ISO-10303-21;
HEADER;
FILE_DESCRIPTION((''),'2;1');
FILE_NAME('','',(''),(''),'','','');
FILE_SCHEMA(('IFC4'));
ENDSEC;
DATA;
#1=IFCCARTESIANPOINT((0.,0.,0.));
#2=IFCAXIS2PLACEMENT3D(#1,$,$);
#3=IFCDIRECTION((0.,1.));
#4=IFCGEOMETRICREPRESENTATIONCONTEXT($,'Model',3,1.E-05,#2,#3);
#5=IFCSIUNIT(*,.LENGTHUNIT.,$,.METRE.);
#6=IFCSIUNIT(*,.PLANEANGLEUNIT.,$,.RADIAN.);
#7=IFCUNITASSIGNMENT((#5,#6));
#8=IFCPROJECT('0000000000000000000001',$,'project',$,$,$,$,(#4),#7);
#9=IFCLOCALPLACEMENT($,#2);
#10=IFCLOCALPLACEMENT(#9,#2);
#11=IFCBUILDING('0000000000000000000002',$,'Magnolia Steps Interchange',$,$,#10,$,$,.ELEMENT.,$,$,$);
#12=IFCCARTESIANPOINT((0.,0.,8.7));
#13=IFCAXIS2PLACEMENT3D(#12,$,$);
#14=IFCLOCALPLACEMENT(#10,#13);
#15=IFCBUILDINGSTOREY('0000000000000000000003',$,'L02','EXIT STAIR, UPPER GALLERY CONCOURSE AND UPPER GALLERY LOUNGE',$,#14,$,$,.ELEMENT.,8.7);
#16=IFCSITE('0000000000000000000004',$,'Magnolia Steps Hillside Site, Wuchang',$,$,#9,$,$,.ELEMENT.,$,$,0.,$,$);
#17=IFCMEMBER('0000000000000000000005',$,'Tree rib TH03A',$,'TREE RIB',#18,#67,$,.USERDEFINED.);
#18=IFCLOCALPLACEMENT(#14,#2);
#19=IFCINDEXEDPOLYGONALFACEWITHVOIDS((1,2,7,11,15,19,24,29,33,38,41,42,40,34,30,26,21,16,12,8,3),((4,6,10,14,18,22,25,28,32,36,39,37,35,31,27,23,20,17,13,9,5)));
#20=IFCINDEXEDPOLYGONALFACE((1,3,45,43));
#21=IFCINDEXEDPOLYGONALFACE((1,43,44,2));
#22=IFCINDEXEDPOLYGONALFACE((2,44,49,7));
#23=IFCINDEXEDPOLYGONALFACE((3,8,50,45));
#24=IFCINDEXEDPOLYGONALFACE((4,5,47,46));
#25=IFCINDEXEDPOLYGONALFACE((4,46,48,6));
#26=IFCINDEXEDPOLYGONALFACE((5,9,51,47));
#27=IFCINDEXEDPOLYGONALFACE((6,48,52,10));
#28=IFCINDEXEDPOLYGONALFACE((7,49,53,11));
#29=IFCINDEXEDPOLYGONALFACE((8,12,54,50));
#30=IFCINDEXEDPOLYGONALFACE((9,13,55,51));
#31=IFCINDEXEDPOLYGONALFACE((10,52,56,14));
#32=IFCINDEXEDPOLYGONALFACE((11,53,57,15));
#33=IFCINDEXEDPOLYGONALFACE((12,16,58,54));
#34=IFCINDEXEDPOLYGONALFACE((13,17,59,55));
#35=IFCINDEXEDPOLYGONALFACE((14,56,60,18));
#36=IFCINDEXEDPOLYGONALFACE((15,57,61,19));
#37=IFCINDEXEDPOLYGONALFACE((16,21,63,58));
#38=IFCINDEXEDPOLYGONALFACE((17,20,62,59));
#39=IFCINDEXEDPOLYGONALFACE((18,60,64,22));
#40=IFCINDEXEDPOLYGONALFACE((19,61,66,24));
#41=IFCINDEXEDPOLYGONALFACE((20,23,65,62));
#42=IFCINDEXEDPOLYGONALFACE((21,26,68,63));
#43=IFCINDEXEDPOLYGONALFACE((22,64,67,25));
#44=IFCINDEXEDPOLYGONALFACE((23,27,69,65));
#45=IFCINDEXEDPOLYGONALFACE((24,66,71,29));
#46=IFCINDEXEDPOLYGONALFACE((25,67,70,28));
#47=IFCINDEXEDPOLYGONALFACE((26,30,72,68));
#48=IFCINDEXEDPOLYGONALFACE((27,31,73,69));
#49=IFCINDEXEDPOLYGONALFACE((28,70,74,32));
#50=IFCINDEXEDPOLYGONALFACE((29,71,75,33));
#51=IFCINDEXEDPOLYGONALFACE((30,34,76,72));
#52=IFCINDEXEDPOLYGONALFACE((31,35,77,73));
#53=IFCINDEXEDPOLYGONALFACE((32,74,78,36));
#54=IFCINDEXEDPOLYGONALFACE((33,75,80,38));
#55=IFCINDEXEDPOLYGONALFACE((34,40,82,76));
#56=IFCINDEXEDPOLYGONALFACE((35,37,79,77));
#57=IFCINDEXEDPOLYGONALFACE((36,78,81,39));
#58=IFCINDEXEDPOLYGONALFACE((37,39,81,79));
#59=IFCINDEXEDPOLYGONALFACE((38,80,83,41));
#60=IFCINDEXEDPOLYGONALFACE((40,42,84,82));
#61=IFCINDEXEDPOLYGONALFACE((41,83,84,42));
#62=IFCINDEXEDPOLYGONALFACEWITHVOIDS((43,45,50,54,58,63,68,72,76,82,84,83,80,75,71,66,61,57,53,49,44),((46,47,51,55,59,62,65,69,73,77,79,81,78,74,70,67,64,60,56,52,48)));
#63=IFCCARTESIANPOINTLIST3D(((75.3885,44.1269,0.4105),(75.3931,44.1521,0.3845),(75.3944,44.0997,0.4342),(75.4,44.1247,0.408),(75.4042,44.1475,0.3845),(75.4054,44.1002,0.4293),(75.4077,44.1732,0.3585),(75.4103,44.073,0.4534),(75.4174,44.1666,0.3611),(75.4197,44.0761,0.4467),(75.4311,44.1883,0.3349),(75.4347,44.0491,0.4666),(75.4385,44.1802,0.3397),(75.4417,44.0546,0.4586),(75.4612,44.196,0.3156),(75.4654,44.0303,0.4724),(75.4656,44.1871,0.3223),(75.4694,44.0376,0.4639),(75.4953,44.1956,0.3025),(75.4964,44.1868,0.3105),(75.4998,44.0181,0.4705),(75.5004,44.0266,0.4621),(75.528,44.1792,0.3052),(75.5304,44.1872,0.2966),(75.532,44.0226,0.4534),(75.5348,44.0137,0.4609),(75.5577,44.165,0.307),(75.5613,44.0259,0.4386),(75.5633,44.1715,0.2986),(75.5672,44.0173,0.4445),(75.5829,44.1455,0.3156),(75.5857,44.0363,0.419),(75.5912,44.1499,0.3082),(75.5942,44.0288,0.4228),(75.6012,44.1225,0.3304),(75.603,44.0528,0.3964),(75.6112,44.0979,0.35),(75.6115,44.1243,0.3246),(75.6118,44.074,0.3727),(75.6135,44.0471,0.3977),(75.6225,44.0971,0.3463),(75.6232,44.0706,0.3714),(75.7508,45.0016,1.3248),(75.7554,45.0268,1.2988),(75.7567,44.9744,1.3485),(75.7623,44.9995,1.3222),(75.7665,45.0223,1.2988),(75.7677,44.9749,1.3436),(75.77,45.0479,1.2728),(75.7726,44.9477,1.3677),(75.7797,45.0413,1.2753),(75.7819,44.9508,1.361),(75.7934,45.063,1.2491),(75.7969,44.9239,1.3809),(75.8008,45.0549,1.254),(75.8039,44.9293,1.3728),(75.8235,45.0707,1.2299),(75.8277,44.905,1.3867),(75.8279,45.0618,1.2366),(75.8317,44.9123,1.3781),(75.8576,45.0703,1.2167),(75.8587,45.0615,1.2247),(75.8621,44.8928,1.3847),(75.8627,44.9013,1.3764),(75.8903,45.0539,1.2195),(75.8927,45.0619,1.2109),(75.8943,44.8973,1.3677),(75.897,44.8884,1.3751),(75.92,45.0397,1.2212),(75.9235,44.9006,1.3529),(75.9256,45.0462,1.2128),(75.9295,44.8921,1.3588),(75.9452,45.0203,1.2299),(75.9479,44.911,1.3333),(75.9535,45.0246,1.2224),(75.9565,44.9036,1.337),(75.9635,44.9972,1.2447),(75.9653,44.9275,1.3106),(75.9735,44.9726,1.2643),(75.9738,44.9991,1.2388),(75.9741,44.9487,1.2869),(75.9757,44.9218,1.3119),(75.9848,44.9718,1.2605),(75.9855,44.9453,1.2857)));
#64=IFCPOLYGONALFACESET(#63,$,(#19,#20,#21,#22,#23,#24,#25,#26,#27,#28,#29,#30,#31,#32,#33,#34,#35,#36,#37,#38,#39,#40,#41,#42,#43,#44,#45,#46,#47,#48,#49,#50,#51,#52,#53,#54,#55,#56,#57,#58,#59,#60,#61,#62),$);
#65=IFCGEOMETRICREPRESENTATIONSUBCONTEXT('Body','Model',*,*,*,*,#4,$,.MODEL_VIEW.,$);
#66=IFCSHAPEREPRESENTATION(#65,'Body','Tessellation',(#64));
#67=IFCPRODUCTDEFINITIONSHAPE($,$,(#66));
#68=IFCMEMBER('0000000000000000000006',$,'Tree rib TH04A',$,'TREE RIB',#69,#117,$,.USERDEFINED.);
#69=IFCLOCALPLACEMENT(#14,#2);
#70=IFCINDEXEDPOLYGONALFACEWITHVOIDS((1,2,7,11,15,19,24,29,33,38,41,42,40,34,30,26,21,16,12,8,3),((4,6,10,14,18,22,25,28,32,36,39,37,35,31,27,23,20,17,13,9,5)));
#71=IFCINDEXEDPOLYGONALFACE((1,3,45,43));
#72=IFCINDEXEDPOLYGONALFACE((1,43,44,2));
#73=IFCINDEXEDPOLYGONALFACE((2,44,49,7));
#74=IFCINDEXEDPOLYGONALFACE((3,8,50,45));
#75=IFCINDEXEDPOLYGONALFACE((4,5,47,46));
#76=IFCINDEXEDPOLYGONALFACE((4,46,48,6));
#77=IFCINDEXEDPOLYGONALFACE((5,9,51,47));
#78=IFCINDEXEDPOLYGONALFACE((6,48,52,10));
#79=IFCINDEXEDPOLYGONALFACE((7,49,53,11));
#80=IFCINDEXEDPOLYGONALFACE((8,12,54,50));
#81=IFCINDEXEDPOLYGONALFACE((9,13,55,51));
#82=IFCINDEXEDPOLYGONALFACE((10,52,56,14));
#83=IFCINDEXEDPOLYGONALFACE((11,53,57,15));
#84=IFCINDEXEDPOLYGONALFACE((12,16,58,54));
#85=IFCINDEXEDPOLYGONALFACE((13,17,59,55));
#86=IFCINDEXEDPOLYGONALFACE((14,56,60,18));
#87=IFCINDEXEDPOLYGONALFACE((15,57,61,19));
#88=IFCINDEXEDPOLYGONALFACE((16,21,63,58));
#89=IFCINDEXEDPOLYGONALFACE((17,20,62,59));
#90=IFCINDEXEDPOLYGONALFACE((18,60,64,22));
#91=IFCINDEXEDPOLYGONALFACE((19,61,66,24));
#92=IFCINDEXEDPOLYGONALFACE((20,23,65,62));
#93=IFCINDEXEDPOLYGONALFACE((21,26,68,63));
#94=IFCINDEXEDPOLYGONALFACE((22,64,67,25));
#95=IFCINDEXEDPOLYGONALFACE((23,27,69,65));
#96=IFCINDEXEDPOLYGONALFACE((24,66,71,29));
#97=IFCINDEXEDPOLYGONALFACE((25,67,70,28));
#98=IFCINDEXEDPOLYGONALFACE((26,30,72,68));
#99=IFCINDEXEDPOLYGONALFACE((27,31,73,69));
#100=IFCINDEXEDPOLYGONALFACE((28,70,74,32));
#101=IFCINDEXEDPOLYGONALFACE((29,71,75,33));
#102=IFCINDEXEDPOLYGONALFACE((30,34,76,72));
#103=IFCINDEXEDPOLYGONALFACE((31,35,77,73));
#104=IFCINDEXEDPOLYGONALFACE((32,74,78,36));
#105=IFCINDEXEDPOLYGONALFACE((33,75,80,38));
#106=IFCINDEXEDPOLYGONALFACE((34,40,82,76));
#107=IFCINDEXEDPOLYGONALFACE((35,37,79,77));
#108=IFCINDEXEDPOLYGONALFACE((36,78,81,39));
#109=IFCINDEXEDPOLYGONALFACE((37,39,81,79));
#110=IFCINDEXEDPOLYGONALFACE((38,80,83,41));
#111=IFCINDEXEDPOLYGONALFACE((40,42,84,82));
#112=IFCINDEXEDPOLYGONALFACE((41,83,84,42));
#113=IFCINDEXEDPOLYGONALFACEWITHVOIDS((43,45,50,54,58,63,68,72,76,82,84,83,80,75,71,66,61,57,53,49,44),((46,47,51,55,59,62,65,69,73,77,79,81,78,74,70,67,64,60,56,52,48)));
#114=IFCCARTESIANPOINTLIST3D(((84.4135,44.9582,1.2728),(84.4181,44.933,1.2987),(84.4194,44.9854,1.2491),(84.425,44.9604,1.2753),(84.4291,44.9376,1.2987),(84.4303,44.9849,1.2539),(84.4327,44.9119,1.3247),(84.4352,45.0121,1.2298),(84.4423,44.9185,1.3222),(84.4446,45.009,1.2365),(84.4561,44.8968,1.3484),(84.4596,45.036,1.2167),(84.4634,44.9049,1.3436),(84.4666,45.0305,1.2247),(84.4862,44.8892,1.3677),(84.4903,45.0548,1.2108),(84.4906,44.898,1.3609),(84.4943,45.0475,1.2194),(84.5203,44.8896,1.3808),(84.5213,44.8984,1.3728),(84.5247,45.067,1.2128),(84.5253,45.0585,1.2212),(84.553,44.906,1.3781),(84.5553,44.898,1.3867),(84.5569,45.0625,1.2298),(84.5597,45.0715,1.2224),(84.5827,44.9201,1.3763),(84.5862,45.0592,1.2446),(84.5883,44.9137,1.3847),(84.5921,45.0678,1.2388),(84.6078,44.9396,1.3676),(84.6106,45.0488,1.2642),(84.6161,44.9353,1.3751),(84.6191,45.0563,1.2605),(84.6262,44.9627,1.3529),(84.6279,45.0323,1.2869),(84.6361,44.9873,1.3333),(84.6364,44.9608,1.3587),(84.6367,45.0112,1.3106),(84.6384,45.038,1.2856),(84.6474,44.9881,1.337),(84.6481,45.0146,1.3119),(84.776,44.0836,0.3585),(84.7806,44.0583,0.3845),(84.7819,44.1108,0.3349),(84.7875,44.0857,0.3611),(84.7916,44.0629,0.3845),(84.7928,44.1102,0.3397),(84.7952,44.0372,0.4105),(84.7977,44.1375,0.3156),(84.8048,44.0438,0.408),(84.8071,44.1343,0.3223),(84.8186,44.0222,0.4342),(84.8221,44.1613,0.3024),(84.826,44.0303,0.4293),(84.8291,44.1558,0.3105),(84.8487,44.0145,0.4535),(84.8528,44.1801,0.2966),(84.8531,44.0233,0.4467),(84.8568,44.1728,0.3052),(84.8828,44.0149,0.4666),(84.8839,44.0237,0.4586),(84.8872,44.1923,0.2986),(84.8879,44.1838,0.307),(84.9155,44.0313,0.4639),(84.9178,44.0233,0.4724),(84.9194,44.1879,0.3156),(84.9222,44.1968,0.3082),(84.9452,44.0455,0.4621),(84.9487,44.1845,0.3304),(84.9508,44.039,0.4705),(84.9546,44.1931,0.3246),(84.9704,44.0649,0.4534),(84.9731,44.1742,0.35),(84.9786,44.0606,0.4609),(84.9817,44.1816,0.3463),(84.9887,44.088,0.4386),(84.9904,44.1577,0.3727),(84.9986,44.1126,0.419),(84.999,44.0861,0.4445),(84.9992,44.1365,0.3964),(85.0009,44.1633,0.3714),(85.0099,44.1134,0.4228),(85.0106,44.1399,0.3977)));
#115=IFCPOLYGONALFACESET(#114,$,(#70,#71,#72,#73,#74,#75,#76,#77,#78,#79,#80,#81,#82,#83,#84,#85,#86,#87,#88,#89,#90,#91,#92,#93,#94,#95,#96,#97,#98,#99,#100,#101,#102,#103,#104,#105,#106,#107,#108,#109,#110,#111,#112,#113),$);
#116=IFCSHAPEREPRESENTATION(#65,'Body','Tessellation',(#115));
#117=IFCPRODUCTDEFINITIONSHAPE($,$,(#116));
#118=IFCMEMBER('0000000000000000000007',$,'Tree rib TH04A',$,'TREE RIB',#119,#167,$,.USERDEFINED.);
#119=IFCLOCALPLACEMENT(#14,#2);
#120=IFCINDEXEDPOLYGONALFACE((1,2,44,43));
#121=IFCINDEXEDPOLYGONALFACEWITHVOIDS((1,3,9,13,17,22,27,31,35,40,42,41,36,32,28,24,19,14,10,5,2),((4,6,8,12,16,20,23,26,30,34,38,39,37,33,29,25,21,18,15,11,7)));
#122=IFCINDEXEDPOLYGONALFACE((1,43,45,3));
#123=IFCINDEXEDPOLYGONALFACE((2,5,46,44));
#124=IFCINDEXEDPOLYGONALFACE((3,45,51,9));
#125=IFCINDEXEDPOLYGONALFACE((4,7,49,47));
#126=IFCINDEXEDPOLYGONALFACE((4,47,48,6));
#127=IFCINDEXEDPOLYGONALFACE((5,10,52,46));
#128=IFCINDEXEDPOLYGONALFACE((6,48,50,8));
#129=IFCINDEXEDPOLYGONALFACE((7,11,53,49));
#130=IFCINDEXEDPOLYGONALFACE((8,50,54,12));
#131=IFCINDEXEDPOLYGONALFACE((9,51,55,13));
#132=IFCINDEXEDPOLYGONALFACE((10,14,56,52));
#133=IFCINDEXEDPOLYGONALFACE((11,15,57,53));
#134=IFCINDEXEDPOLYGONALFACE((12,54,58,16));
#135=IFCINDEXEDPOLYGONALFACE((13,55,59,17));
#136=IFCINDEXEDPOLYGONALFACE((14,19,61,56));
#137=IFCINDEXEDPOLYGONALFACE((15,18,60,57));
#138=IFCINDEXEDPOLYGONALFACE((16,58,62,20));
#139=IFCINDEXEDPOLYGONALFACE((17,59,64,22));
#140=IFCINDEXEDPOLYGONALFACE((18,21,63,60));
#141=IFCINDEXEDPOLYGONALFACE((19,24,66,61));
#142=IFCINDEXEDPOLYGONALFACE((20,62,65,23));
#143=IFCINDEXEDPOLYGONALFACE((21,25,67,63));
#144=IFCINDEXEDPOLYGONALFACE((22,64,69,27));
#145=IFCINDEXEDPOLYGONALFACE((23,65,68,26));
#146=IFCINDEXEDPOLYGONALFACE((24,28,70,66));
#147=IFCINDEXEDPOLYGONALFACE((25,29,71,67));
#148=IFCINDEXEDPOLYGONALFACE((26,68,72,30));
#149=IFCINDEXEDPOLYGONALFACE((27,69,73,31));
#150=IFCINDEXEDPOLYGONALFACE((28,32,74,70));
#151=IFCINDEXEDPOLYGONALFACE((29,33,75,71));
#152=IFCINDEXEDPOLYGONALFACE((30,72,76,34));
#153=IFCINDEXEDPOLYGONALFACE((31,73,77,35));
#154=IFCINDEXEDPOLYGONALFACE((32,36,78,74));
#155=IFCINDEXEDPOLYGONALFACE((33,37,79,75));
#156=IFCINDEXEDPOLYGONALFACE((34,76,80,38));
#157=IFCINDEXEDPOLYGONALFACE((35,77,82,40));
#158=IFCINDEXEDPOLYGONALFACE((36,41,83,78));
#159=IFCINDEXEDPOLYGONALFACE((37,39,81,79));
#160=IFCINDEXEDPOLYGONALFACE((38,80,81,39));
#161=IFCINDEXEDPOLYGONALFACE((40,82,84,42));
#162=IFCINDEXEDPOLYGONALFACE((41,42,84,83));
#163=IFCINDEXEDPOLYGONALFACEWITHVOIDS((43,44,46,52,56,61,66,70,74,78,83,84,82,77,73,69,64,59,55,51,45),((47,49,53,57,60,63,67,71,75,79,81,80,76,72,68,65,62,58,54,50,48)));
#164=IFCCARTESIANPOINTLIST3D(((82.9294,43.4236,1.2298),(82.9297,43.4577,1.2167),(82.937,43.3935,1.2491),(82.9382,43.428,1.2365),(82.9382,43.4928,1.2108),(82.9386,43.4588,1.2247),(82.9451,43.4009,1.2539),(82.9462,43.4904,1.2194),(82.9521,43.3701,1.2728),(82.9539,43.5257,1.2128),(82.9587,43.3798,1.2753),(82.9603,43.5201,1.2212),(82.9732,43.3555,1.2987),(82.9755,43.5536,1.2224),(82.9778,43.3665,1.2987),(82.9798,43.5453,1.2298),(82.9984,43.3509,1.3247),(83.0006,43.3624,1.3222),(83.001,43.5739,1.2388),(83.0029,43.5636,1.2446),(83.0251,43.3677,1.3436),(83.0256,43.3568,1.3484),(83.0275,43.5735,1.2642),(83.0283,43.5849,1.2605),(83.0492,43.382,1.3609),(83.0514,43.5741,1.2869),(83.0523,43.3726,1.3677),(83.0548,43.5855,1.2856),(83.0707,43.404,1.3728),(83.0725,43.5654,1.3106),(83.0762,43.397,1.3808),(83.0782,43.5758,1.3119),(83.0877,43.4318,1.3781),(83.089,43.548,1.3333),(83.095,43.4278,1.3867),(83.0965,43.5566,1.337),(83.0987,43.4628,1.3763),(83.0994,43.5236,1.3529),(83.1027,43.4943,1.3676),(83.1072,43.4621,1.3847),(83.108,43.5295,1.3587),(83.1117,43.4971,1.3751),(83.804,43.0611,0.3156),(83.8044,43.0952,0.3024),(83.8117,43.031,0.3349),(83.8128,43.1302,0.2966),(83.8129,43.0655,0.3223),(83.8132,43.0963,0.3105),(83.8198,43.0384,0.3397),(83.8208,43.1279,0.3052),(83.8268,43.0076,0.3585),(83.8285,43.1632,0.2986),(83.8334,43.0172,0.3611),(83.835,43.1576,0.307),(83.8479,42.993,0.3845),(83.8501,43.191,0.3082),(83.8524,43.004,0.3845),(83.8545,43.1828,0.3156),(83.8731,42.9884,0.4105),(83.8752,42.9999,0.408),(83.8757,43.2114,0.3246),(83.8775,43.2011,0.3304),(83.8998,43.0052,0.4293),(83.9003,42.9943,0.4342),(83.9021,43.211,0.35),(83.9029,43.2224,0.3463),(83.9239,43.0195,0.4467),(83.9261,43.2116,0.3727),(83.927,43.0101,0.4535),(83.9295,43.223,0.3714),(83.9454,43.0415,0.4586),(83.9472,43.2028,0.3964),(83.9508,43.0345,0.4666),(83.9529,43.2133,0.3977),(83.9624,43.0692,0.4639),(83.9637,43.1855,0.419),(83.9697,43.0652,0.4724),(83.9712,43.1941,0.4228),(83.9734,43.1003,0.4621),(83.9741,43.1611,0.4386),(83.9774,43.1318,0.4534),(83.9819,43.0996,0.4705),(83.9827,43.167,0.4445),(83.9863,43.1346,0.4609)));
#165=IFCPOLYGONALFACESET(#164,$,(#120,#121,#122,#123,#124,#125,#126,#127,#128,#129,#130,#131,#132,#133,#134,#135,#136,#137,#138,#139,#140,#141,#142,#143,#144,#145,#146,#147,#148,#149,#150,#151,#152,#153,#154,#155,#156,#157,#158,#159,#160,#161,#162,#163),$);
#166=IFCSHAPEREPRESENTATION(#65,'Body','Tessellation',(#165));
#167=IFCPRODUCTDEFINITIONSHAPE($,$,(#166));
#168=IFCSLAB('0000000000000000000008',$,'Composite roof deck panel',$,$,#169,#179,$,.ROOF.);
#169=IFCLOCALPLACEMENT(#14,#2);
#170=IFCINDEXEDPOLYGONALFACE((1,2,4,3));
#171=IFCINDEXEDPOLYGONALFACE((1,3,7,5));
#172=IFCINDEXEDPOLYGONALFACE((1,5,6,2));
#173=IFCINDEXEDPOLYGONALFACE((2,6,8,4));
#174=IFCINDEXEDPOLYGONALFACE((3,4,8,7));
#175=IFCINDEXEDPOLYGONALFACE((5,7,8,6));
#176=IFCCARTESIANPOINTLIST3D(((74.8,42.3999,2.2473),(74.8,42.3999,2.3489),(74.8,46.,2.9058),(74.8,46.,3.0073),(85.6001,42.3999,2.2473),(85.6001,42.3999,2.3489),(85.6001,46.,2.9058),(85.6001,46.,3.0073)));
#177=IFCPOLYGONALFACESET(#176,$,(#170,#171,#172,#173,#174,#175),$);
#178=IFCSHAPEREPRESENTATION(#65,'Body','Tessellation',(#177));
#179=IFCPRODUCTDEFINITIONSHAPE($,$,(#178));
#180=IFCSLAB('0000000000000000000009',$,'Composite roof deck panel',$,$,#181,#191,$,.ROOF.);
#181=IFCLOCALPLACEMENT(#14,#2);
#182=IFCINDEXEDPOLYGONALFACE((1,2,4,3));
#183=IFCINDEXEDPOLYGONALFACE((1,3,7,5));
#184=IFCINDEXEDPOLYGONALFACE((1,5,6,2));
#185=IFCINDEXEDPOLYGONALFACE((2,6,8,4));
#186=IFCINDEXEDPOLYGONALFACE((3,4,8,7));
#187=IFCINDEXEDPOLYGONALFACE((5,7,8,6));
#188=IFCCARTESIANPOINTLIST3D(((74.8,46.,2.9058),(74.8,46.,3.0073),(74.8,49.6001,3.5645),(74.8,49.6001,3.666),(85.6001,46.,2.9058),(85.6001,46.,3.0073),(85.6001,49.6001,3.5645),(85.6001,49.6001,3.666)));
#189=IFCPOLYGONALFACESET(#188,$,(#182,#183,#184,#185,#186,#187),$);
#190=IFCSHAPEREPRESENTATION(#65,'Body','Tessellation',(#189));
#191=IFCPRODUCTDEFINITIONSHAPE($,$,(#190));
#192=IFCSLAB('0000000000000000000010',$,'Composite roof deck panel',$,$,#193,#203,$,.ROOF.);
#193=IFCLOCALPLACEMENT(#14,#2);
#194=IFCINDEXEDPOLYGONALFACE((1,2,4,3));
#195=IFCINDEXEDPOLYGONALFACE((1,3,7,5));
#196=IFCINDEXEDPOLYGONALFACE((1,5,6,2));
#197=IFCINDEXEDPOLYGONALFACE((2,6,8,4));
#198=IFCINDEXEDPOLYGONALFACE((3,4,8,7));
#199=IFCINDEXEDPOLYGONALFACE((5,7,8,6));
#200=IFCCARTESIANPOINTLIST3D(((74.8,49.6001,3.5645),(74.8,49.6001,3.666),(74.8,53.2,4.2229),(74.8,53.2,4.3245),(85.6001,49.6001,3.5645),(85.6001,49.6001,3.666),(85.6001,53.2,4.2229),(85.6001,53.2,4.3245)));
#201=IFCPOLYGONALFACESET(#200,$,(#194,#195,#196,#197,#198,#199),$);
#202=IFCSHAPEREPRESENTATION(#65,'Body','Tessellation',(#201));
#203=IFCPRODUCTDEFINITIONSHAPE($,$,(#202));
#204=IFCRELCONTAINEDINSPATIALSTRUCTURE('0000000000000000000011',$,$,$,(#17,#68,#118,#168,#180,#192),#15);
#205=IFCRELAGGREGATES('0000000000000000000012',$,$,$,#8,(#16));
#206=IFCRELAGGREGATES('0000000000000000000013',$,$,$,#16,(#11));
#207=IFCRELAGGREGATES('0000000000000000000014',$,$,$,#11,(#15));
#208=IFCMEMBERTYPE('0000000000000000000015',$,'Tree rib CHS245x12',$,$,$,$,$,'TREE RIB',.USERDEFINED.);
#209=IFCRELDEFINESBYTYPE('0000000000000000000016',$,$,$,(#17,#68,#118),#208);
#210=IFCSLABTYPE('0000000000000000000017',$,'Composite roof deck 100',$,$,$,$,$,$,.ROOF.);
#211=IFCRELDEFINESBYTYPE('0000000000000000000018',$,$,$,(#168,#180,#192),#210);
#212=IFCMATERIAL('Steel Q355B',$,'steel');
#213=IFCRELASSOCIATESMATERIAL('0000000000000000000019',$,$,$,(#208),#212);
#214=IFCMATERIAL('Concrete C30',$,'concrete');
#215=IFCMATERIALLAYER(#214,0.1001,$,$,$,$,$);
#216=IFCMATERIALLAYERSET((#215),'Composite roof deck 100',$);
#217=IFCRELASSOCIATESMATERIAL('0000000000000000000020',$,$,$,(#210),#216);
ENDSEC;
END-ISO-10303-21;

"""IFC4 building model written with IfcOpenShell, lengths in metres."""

from ifc_helpers import new_model, si_unit, direction, frame, origin, origin_2d, place, context, subcontext, project, spatial, polyline, hollow_circle, outline, extrude, material, layer, layer_set, material_profile, profile_set, type_object, element, save


model = new_model("IFC4")

# Units and contexts
model_context = context("Model", 3, precision=1e-05, world=origin(), true_north=direction((0.0, 1.0)))
body_context = subcontext(model_context, "Body", "Model", "MODEL_VIEW")
ifc_project = project(units=[si_unit("LENGTHUNIT", "METRE"), si_unit("PLANEANGLEUNIT", "RADIAN")], contexts=[model_context])

# Site, building, storey
site_placement = place(None, origin())
site = spatial("IfcSite", under=ifc_project, at=site_placement, Name="Magnolia Steps Hillside Site, Wuchang", CompositionType="ELEMENT", RefElevation=0.0)
building_placement = place(site_placement, origin())
building = spatial("IfcBuilding", under=site, at=building_placement, Name="Magnolia Steps Interchange", CompositionType="ELEMENT")
storey_placement = place(building_placement, frame((0.0, 0.0, 8.7)))
storey = spatial("IfcBuildingStorey", under=building, at=storey_placement, Name="L02", Description="EXIT STAIR, UPPER GALLERY CONCOURSE AND UPPER GALLERY LOUNGE", CompositionType="ELEMENT", Elevation=8.7)

# Members
ifc_material_1 = material(Name="Steel Q355B", Category="steel")
ifc_material_profile_1 = material_profile(ifc_material_1, hollow_circle(Radius=0.1226, WallThickness=0.012, at=origin_2d()), Name="CHS245x12")
ifc_profile_set_1 = profile_set([ifc_material_profile_1], Name="Steel Q355B")
member_type = type_object("IfcMemberType", Name="Tree rib CHS245x12", ElementType="TREE RIB", PredefinedType="USERDEFINED", material=ifc_profile_set_1)
for number, where, z_axis, x_axis, name in (
    (1, (75.5063, 44.1052, 0.3845), (0.275263, 0.6646, 0.694649), (-0.923891, 0.382655, 0.0), "Tree rib TH03A"),
    (2, (84.8938, 44.1052, 0.3845), (-0.275434, 0.664566, 0.694613), (-0.9238, -0.382876, 0.0), "Tree rib TH04A"),
    (3, (83.8948, 43.1062, 0.3845), (-0.664566, 0.275434, 0.694613), (-0.382876, -0.9238, 0.0), "Tree rib TH04A"),
):
    element("IfcMember", number, at=place(storey_placement, frame(where, z_axis=z_axis, x_axis=x_axis)), inside=storey, type_object=member_type, Name=name, ObjectType="TREE RIB", PredefinedType="USERDEFINED", context=body_context, shape_type="SweptSolid", body=[
        extrude(hollow_circle(Radius=0.1226, WallThickness=0.012, at=origin_2d()), origin(), (0.0, 0.0, 1.0), 1.3162),
    ])

# Slabs
ifc_material_2 = material(Name="Concrete C30", Category="concrete")
ifc_layer_1 = layer(ifc_material_2, 0.1001)
ifc_layer_set_1 = layer_set([ifc_layer_1], Name="Composite roof deck 100")
slab_type = type_object("IfcSlabType", Name="Composite roof deck 100", PredefinedType="ROOF", material=ifc_layer_set_1)
slab_1_placement = place(storey_placement, frame((85.6001, 42.3999, 2.3489), z_axis=(0.0, -0.179913, 0.983683), x_axis=(0.0, 0.983683, 0.179913)))
element("IfcSlab", 4, at=slab_1_placement, inside=storey, type_object=slab_type, Name="Composite roof deck panel", PredefinedType="ROOF", context=body_context, shape_type="SweptSolid", body=[
    extrude(outline(polyline([(0.0, 0.0), (3.6598, 0.0), (3.6598, 10.8), (0.0, 10.8), (0.0, 0.0)])), origin(), (-0.179913, 0.0, -0.983683), 0.1016),
])
slab_2_placement = place(storey_placement, frame((85.6001, 46.0, 3.0073), z_axis=(0.0, -0.179977, 0.983671), x_axis=(0.0, 0.983671, 0.179977)))
element("IfcSlab", 5, at=slab_2_placement, inside=storey, type_object=slab_type, Name="Composite roof deck panel", PredefinedType="ROOF", context=body_context, shape_type="SweptSolid", body=[
    extrude(outline(polyline([(0.0, 0.0), (3.6599, 0.0), (3.6599, 10.8), (0.0, 10.8), (0.0, 0.0)])), origin(), (-0.179977, 0.0, -0.983671), 0.1016),
])
slab_3_placement = place(storey_placement, frame((85.6001, 49.6001, 3.666), z_axis=(0.0, -0.179924, 0.98368), x_axis=(0.0, 0.98368, 0.179924)))
element("IfcSlab", 6, at=slab_3_placement, inside=storey, type_object=slab_type, Name="Composite roof deck panel", PredefinedType="ROOF", context=body_context, shape_type="SweptSolid", body=[
    extrude(outline(polyline([(0.0, 0.0), (3.6596, 0.0), (3.6596, 10.8), (0.0, 10.8), (0.0, 0.0)])), origin(), (-0.179924, 0.0, -0.98368), 0.1016),
])

save(model, "model.ifc")
